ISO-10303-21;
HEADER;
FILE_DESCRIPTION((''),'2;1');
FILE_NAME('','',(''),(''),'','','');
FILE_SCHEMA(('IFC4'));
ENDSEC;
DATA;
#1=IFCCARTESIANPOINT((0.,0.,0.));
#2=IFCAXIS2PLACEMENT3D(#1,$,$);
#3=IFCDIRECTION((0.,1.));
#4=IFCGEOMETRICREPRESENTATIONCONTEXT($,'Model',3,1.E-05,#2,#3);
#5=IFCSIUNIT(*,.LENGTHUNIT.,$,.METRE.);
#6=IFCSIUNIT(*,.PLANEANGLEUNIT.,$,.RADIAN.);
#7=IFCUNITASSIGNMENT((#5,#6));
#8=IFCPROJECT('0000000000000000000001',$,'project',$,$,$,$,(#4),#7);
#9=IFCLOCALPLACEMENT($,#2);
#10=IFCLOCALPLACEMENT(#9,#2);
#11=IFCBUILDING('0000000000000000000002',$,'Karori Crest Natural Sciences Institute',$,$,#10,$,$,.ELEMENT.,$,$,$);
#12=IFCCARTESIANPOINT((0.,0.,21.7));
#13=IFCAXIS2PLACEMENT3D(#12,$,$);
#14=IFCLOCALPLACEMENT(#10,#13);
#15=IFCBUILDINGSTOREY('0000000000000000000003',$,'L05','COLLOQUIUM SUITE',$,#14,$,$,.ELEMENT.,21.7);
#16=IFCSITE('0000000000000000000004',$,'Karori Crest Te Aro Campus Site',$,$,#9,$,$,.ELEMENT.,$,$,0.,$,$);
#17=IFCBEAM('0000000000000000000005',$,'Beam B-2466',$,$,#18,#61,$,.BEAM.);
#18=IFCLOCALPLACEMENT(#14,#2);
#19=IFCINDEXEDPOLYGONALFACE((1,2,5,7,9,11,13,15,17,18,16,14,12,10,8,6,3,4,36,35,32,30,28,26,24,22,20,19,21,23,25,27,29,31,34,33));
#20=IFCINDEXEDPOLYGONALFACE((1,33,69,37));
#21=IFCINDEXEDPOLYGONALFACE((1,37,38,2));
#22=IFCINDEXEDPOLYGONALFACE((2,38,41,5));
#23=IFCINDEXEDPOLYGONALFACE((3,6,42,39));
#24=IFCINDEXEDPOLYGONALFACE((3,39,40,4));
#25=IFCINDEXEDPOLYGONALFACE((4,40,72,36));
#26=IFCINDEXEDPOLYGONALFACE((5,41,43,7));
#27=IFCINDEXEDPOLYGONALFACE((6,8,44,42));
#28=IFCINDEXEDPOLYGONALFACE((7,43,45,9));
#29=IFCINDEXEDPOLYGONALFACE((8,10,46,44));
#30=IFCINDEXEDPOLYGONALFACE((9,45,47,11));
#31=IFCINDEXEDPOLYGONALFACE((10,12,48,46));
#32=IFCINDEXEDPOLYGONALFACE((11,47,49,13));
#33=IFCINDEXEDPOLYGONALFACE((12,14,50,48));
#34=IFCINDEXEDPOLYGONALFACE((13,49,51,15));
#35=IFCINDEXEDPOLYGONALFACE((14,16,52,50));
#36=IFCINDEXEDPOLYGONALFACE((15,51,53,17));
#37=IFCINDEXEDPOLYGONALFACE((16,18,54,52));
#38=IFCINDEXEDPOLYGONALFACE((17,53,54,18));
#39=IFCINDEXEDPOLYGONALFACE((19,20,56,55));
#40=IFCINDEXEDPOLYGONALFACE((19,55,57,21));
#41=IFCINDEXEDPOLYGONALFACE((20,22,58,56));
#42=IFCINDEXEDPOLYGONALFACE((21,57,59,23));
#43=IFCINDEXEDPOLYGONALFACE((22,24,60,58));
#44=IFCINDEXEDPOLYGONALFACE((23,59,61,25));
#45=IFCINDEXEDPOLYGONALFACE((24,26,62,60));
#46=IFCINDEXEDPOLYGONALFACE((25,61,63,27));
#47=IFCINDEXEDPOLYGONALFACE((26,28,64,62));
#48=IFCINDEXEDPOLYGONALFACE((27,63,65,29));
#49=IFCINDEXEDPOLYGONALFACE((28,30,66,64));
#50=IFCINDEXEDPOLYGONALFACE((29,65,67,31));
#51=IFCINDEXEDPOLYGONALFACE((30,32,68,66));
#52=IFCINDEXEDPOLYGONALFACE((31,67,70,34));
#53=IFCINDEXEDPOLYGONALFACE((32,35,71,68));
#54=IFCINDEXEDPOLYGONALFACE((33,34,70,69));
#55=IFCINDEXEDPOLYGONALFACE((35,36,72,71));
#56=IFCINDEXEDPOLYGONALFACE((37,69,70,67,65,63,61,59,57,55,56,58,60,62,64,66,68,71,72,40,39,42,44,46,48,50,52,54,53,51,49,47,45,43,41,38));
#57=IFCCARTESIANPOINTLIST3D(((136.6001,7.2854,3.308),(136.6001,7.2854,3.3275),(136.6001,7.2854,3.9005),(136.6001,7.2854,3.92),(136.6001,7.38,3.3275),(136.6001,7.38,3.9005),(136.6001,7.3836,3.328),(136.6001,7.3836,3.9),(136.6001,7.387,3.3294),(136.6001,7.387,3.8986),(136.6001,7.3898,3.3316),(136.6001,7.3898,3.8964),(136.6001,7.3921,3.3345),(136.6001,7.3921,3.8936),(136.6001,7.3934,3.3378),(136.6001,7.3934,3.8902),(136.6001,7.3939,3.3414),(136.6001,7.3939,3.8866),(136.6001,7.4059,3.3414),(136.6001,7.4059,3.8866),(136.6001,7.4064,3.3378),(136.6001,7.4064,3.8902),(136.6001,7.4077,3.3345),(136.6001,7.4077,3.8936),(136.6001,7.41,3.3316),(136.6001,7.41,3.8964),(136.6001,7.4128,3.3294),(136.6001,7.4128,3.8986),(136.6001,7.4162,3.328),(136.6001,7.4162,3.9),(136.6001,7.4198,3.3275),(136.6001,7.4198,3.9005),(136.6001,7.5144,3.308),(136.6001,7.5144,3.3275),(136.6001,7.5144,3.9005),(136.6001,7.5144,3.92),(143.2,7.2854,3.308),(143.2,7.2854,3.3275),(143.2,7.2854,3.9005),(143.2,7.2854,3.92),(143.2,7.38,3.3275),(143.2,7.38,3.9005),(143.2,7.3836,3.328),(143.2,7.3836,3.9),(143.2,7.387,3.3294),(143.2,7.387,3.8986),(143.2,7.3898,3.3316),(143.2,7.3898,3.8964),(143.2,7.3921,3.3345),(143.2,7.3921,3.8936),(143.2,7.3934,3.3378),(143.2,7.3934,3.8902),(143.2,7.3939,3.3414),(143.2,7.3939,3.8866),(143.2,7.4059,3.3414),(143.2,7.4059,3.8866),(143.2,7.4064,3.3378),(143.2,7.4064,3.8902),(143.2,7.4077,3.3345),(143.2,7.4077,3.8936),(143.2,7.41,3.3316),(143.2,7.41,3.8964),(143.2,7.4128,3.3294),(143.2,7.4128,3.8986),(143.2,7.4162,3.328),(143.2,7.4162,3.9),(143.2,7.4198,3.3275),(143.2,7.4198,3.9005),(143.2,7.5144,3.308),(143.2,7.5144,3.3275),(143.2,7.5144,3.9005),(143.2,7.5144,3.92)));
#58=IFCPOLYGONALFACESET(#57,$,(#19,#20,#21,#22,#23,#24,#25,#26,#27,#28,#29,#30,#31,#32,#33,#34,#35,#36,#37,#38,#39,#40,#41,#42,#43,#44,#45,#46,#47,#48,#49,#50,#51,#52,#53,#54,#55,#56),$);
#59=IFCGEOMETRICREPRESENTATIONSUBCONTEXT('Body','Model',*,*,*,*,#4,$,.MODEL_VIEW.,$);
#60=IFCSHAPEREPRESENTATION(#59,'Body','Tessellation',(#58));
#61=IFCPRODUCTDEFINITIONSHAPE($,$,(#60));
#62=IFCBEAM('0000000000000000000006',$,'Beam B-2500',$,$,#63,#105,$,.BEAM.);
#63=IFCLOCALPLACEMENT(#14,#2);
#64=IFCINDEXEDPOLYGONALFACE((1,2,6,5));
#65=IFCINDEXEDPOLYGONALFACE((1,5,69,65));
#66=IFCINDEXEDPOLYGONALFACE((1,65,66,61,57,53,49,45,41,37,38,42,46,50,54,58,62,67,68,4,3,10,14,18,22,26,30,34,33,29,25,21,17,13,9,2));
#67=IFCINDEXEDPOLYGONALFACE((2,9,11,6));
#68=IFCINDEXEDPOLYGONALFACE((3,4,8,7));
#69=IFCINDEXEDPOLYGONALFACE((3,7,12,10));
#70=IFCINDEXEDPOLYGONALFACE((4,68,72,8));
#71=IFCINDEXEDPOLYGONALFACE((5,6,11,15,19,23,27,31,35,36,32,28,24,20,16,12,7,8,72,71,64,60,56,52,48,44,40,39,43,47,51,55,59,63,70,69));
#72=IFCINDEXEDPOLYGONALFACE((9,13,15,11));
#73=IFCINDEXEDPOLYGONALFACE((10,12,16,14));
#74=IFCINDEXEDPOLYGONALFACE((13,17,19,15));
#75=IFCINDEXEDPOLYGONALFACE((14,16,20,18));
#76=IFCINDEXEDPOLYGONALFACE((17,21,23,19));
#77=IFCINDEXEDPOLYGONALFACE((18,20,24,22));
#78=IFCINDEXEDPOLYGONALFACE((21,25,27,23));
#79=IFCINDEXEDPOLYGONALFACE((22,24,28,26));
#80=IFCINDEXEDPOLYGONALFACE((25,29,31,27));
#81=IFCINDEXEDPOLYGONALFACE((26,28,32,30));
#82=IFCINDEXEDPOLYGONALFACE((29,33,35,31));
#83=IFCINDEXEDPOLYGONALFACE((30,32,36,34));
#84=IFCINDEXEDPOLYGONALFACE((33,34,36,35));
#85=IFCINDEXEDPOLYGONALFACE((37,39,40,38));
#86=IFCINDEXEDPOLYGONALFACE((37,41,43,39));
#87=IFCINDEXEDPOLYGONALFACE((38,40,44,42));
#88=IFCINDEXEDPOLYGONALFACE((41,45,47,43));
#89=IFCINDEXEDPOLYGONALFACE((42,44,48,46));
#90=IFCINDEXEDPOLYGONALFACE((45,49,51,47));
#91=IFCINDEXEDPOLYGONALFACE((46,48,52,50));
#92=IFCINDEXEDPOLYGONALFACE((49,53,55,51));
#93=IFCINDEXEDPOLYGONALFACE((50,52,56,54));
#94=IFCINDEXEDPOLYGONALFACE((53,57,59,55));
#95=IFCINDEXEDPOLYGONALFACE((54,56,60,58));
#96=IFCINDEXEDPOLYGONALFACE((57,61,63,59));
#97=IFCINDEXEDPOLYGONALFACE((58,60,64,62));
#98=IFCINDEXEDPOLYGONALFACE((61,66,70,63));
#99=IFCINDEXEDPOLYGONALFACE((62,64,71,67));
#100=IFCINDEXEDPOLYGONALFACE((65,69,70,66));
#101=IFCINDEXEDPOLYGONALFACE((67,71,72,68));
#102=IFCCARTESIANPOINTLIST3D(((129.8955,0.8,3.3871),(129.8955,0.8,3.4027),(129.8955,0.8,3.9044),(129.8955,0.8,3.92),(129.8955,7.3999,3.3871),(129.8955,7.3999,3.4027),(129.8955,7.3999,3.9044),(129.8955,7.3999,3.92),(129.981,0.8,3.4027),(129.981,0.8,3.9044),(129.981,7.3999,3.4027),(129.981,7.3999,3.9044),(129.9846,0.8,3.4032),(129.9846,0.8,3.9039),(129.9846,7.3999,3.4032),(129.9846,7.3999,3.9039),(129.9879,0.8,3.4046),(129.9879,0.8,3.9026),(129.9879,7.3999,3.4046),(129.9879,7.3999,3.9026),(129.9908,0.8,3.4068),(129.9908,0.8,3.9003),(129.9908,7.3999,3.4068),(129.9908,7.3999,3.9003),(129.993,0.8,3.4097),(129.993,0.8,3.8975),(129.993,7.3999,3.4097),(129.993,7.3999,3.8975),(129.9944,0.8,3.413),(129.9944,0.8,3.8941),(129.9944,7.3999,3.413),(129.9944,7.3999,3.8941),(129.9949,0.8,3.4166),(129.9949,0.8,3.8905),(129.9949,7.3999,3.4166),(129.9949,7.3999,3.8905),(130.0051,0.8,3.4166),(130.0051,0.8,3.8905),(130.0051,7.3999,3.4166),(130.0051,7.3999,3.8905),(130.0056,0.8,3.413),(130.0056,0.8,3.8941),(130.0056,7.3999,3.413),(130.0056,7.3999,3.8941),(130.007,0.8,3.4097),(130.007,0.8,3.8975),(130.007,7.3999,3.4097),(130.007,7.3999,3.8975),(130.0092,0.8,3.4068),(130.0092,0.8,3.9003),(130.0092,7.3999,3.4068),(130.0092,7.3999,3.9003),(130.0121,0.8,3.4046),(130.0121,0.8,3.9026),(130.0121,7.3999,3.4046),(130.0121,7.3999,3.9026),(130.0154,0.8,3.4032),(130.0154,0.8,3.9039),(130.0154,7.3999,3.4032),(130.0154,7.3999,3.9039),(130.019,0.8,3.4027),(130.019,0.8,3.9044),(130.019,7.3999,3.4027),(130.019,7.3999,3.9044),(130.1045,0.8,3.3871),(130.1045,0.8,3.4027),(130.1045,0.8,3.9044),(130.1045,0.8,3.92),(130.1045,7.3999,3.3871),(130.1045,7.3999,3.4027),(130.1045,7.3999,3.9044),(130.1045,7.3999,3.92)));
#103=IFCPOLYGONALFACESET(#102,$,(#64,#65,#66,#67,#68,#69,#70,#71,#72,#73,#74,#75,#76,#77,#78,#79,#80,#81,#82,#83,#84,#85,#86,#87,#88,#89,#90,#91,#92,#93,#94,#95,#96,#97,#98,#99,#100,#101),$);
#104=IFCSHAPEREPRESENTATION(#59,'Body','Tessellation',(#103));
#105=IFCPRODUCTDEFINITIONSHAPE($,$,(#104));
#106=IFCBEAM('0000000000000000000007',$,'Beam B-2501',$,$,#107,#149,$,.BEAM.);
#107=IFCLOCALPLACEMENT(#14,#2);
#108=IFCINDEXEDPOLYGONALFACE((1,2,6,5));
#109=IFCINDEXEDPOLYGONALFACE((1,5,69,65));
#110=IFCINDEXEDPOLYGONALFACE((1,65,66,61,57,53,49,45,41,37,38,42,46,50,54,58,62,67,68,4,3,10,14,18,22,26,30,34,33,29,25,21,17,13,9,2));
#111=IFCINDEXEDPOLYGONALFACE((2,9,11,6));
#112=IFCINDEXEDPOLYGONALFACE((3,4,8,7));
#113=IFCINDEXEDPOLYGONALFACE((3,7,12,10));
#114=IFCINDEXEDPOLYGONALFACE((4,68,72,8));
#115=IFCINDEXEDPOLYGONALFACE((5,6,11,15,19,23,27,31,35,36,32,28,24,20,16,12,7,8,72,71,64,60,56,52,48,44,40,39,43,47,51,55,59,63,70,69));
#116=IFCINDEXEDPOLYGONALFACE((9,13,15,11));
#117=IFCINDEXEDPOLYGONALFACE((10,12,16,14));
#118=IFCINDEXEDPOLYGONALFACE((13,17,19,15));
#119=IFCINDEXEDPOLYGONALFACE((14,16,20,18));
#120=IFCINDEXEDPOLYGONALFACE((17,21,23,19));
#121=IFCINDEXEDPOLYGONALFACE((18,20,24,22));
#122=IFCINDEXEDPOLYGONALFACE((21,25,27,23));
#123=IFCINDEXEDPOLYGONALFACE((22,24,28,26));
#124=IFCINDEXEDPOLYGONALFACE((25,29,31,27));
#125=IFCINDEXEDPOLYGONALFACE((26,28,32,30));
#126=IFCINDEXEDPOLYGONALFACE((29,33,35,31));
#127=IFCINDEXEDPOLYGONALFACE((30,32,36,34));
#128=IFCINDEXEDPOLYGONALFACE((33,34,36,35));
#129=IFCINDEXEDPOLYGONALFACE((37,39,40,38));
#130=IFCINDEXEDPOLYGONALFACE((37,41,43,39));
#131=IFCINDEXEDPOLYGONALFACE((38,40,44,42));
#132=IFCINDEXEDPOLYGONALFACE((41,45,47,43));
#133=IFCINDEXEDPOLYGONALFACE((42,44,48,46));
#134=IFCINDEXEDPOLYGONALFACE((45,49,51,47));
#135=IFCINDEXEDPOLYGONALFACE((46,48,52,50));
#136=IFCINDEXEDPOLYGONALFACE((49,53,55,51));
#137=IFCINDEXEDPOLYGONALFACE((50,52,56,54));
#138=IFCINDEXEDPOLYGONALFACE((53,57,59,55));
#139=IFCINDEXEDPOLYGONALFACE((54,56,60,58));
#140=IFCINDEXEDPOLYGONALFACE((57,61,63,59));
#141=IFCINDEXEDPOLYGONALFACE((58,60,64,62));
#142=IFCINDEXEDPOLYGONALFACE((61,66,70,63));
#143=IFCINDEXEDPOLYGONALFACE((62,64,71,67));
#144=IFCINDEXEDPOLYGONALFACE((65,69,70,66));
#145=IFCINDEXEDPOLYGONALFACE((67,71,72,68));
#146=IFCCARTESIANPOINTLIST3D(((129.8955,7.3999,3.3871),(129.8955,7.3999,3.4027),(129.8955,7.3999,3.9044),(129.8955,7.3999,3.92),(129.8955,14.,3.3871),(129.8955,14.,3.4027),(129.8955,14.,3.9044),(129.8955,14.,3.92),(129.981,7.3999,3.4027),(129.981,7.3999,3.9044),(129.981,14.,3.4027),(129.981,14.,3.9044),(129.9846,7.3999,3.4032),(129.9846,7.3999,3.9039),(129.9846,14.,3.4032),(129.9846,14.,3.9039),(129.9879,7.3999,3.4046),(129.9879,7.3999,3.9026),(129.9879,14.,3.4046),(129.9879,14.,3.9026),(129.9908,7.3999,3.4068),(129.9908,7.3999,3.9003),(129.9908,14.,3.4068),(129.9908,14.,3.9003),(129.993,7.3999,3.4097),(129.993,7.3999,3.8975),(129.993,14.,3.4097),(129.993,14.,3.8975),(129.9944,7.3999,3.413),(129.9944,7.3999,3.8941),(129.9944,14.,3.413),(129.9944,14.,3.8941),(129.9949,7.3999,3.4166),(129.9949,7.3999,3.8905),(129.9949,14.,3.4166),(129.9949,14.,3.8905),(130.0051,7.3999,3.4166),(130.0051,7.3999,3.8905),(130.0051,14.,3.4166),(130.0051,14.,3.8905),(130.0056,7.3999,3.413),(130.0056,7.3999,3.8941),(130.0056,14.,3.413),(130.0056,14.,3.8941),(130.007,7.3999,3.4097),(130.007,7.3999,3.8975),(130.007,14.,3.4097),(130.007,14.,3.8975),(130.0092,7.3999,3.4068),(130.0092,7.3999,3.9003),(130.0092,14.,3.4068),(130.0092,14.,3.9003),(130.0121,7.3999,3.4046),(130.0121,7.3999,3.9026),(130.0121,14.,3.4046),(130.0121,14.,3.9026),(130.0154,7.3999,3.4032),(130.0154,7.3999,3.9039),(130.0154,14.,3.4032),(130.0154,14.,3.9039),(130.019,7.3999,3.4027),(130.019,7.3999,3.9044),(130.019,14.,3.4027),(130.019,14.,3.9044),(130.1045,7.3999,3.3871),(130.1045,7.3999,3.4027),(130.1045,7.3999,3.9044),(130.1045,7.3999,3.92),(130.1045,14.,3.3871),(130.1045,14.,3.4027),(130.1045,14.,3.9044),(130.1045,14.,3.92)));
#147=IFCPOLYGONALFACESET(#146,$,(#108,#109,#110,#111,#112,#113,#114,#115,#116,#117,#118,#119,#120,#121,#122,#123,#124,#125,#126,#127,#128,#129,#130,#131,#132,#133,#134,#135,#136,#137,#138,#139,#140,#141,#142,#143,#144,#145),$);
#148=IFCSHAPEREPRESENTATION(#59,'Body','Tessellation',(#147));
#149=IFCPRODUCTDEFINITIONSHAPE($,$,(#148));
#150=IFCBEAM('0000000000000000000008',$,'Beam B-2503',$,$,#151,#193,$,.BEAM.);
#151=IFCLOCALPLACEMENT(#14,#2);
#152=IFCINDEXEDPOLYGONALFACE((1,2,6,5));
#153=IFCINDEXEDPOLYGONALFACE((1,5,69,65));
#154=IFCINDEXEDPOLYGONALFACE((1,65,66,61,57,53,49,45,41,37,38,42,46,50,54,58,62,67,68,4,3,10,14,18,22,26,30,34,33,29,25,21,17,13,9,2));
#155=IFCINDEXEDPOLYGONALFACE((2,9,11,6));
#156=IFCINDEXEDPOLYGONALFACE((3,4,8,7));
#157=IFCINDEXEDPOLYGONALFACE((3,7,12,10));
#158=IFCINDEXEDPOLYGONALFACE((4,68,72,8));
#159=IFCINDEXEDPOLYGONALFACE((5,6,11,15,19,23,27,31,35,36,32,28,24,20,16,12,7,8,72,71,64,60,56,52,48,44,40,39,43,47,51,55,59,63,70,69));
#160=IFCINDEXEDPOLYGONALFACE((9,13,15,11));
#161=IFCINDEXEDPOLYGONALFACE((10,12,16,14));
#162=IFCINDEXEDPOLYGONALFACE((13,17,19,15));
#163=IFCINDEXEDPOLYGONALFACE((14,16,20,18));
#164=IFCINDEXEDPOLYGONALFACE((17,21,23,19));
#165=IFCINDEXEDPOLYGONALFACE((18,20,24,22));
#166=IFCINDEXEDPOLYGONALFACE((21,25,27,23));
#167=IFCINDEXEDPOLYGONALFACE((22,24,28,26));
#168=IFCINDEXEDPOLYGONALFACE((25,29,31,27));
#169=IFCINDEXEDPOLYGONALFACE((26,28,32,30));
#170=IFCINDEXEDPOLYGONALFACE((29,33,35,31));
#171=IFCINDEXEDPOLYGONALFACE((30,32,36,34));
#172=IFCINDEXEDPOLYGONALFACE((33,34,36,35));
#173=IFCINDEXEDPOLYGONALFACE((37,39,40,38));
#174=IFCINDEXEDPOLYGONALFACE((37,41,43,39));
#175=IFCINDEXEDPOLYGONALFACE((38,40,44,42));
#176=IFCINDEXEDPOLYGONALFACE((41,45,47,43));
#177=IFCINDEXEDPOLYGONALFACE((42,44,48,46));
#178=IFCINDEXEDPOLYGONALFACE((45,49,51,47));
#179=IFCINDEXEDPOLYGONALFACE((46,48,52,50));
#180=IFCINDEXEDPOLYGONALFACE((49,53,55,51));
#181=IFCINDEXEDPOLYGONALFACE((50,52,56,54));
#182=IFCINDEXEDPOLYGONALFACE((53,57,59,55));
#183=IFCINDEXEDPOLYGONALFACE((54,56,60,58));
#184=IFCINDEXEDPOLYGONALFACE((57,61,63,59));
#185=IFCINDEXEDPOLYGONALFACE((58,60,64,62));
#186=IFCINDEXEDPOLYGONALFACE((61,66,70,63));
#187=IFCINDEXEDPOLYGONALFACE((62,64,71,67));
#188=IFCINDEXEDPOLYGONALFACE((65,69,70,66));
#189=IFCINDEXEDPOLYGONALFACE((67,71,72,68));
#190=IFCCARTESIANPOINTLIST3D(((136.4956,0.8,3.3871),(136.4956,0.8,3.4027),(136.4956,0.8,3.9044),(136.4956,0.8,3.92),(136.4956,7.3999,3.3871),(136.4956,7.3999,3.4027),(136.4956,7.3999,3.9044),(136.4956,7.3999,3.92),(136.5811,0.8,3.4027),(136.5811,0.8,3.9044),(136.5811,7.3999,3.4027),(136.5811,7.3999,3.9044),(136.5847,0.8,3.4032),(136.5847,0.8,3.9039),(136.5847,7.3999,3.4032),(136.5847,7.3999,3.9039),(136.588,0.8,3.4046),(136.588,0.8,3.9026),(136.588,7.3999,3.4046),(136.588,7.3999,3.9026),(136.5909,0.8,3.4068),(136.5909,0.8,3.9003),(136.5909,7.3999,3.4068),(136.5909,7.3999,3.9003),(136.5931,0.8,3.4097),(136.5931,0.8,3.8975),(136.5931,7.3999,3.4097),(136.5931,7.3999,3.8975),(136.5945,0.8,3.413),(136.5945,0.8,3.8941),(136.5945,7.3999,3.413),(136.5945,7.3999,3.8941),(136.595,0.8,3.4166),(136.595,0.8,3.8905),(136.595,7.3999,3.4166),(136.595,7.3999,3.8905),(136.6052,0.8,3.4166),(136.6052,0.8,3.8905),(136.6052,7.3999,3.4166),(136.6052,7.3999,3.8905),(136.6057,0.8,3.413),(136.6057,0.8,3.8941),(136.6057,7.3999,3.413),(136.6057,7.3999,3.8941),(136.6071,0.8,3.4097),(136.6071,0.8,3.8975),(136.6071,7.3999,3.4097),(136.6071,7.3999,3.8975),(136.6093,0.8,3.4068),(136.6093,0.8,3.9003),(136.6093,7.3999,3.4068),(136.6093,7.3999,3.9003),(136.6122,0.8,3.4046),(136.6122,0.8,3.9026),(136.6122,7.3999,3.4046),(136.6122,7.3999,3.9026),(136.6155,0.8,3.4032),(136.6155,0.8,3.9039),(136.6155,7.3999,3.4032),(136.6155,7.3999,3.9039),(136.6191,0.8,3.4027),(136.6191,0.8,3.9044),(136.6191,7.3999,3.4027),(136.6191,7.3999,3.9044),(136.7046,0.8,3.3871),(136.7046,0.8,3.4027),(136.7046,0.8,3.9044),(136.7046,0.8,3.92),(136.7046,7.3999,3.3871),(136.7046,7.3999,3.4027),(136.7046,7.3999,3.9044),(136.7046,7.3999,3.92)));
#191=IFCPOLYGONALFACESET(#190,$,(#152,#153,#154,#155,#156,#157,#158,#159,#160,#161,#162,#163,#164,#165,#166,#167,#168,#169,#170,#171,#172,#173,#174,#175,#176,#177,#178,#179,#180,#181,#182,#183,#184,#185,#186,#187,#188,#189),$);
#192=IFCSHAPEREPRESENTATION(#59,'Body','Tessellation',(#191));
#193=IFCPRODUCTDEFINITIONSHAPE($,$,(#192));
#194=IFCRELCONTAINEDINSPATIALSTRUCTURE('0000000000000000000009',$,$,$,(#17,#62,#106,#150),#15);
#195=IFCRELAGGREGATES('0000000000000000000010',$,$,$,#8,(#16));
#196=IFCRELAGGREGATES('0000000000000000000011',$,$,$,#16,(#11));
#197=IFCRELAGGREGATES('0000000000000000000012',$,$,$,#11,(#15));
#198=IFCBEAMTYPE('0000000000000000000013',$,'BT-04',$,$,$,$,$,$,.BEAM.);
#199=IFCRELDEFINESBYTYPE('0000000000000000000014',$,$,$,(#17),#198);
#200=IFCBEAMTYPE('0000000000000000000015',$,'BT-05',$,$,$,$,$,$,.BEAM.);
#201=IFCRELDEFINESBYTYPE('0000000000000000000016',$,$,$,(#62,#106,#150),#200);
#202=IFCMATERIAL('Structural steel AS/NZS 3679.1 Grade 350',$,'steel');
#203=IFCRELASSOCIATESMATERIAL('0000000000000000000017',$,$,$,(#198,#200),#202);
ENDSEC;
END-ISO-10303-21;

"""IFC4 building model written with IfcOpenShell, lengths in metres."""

from ifc_helpers import new_model, si_unit, direction, frame, origin, origin_2d, place, context, subcontext, project, spatial, i_section, extrude, material, material_profile, profile_set, type_object, element, save


model = new_model("IFC4")

# Units and contexts
model_context = context("Model", 3, precision=1e-05, world=origin(), true_north=direction((0.0, 1.0)))
body_context = subcontext(model_context, "Body", "Model", "MODEL_VIEW")
ifc_project = project(units=[si_unit("LENGTHUNIT", "METRE"), si_unit("PLANEANGLEUNIT", "RADIAN")], contexts=[model_context])

# Site, building, storey
site_placement = place(None, origin())
site = spatial("IfcSite", under=ifc_project, at=site_placement, Name="Karori Crest Te Aro Campus Site", CompositionType="ELEMENT", RefElevation=0.0)
building_placement = place(site_placement, origin())
building = spatial("IfcBuilding", under=site, at=building_placement, Name="Karori Crest Natural Sciences Institute", CompositionType="ELEMENT")
storey_placement = place(building_placement, frame((0.0, 0.0, 21.7)))
storey = spatial("IfcBuildingStorey", under=building, at=storey_placement, Name="L05", Description="COLLOQUIUM SUITE", CompositionType="ELEMENT", Elevation=21.7)

# Shared definitions
ifc_material_1 = material(Name="Structural steel AS/NZS 3679.1 Grade 350", Category="steel")

# Beams
ifc_material_profile_1 = material_profile(ifc_material_1, i_section(OverallWidth=0.229, OverallDepth=0.6121, WebThickness=0.012, FlangeThickness=0.0195, FilletRadius=0.0139, at=origin_2d()), Name="610UB125")
ifc_profile_set_1 = profile_set([ifc_material_profile_1], Name="Structural steel AS/NZS 3679.1 Grade 350")
beam_type_1 = type_object("IfcBeamType", Name="BT-04", PredefinedType="BEAM", material=ifc_profile_set_1)
beam_1_placement = place(storey_placement, frame((136.6001, 7.3999, 3.614), z_axis=(1.0, 0.0, 0.0), x_axis=(0.0, 1.0, 0.0)))
element("IfcBeam", 1, at=beam_1_placement, inside=storey, type_object=beam_type_1, Name="Beam B-2466", PredefinedType="BEAM", context=body_context, shape_type="SweptSolid", body=[
    extrude(i_section(OverallWidth=0.229, OverallDepth=0.6121, WebThickness=0.012, FlangeThickness=0.0195, FilletRadius=0.0139, at=origin_2d()), origin(), (0.0, 0.0, 1.0), 6.5999),
])
ifc_material_profile_2 = material_profile(ifc_material_1, i_section(OverallWidth=0.209, OverallDepth=0.533, WebThickness=0.0103, FlangeThickness=0.0156, FilletRadius=0.0139, at=origin_2d()), Name="530UB92.4")
ifc_profile_set_2 = profile_set([ifc_material_profile_2], Name="Structural steel AS/NZS 3679.1 Grade 350")
beam_type_2 = type_object("IfcBeamType", Name="BT-05", PredefinedType="BEAM", material=ifc_profile_set_2)
beam_2_placement = place(storey_placement, frame((130.0, 0.8, 3.6536), z_axis=(0.0, 1.0, 0.0), x_axis=(-1.0, 0.0, 0.0)))
element("IfcBeam", 2, at=beam_2_placement, inside=storey, type_object=beam_type_2, Name="Beam B-2500", PredefinedType="BEAM", context=body_context, shape_type="SweptSolid", body=[
    extrude(i_section(OverallWidth=0.209, OverallDepth=0.533, WebThickness=0.0103, FlangeThickness=0.0156, FilletRadius=0.0139, at=origin_2d()), origin(), (0.0, 0.0, 1.0), 6.5999),
])
beam_3_placement = place(storey_placement, frame((130.0, 7.3999, 3.6536), z_axis=(0.0, 1.0, 0.0), x_axis=(-1.0, 0.0, 0.0)))
element("IfcBeam", 3, at=beam_3_placement, inside=storey, type_object=beam_type_2, Name="Beam B-2501", PredefinedType="BEAM", context=body_context, shape_type="SweptSolid", body=[
    extrude(i_section(OverallWidth=0.209, OverallDepth=0.533, WebThickness=0.0103, FlangeThickness=0.0156, FilletRadius=0.0139, at=origin_2d()), origin(), (0.0, 0.0, 1.0), 6.6001),
])
beam_4_placement = place(storey_placement, frame((136.6001, 0.8, 3.6536), z_axis=(0.0, 1.0, 0.0), x_axis=(-1.0, 0.0, 0.0)))
element("IfcBeam", 4, at=beam_4_placement, inside=storey, type_object=beam_type_2, Name="Beam B-2503", PredefinedType="BEAM", context=body_context, shape_type="SweptSolid", body=[
    extrude(i_section(OverallWidth=0.209, OverallDepth=0.533, WebThickness=0.0103, FlangeThickness=0.0156, FilletRadius=0.0139, at=origin_2d()), origin(), (0.0, 0.0, 1.0), 6.5999),
])

save(model, "model.ifc")
